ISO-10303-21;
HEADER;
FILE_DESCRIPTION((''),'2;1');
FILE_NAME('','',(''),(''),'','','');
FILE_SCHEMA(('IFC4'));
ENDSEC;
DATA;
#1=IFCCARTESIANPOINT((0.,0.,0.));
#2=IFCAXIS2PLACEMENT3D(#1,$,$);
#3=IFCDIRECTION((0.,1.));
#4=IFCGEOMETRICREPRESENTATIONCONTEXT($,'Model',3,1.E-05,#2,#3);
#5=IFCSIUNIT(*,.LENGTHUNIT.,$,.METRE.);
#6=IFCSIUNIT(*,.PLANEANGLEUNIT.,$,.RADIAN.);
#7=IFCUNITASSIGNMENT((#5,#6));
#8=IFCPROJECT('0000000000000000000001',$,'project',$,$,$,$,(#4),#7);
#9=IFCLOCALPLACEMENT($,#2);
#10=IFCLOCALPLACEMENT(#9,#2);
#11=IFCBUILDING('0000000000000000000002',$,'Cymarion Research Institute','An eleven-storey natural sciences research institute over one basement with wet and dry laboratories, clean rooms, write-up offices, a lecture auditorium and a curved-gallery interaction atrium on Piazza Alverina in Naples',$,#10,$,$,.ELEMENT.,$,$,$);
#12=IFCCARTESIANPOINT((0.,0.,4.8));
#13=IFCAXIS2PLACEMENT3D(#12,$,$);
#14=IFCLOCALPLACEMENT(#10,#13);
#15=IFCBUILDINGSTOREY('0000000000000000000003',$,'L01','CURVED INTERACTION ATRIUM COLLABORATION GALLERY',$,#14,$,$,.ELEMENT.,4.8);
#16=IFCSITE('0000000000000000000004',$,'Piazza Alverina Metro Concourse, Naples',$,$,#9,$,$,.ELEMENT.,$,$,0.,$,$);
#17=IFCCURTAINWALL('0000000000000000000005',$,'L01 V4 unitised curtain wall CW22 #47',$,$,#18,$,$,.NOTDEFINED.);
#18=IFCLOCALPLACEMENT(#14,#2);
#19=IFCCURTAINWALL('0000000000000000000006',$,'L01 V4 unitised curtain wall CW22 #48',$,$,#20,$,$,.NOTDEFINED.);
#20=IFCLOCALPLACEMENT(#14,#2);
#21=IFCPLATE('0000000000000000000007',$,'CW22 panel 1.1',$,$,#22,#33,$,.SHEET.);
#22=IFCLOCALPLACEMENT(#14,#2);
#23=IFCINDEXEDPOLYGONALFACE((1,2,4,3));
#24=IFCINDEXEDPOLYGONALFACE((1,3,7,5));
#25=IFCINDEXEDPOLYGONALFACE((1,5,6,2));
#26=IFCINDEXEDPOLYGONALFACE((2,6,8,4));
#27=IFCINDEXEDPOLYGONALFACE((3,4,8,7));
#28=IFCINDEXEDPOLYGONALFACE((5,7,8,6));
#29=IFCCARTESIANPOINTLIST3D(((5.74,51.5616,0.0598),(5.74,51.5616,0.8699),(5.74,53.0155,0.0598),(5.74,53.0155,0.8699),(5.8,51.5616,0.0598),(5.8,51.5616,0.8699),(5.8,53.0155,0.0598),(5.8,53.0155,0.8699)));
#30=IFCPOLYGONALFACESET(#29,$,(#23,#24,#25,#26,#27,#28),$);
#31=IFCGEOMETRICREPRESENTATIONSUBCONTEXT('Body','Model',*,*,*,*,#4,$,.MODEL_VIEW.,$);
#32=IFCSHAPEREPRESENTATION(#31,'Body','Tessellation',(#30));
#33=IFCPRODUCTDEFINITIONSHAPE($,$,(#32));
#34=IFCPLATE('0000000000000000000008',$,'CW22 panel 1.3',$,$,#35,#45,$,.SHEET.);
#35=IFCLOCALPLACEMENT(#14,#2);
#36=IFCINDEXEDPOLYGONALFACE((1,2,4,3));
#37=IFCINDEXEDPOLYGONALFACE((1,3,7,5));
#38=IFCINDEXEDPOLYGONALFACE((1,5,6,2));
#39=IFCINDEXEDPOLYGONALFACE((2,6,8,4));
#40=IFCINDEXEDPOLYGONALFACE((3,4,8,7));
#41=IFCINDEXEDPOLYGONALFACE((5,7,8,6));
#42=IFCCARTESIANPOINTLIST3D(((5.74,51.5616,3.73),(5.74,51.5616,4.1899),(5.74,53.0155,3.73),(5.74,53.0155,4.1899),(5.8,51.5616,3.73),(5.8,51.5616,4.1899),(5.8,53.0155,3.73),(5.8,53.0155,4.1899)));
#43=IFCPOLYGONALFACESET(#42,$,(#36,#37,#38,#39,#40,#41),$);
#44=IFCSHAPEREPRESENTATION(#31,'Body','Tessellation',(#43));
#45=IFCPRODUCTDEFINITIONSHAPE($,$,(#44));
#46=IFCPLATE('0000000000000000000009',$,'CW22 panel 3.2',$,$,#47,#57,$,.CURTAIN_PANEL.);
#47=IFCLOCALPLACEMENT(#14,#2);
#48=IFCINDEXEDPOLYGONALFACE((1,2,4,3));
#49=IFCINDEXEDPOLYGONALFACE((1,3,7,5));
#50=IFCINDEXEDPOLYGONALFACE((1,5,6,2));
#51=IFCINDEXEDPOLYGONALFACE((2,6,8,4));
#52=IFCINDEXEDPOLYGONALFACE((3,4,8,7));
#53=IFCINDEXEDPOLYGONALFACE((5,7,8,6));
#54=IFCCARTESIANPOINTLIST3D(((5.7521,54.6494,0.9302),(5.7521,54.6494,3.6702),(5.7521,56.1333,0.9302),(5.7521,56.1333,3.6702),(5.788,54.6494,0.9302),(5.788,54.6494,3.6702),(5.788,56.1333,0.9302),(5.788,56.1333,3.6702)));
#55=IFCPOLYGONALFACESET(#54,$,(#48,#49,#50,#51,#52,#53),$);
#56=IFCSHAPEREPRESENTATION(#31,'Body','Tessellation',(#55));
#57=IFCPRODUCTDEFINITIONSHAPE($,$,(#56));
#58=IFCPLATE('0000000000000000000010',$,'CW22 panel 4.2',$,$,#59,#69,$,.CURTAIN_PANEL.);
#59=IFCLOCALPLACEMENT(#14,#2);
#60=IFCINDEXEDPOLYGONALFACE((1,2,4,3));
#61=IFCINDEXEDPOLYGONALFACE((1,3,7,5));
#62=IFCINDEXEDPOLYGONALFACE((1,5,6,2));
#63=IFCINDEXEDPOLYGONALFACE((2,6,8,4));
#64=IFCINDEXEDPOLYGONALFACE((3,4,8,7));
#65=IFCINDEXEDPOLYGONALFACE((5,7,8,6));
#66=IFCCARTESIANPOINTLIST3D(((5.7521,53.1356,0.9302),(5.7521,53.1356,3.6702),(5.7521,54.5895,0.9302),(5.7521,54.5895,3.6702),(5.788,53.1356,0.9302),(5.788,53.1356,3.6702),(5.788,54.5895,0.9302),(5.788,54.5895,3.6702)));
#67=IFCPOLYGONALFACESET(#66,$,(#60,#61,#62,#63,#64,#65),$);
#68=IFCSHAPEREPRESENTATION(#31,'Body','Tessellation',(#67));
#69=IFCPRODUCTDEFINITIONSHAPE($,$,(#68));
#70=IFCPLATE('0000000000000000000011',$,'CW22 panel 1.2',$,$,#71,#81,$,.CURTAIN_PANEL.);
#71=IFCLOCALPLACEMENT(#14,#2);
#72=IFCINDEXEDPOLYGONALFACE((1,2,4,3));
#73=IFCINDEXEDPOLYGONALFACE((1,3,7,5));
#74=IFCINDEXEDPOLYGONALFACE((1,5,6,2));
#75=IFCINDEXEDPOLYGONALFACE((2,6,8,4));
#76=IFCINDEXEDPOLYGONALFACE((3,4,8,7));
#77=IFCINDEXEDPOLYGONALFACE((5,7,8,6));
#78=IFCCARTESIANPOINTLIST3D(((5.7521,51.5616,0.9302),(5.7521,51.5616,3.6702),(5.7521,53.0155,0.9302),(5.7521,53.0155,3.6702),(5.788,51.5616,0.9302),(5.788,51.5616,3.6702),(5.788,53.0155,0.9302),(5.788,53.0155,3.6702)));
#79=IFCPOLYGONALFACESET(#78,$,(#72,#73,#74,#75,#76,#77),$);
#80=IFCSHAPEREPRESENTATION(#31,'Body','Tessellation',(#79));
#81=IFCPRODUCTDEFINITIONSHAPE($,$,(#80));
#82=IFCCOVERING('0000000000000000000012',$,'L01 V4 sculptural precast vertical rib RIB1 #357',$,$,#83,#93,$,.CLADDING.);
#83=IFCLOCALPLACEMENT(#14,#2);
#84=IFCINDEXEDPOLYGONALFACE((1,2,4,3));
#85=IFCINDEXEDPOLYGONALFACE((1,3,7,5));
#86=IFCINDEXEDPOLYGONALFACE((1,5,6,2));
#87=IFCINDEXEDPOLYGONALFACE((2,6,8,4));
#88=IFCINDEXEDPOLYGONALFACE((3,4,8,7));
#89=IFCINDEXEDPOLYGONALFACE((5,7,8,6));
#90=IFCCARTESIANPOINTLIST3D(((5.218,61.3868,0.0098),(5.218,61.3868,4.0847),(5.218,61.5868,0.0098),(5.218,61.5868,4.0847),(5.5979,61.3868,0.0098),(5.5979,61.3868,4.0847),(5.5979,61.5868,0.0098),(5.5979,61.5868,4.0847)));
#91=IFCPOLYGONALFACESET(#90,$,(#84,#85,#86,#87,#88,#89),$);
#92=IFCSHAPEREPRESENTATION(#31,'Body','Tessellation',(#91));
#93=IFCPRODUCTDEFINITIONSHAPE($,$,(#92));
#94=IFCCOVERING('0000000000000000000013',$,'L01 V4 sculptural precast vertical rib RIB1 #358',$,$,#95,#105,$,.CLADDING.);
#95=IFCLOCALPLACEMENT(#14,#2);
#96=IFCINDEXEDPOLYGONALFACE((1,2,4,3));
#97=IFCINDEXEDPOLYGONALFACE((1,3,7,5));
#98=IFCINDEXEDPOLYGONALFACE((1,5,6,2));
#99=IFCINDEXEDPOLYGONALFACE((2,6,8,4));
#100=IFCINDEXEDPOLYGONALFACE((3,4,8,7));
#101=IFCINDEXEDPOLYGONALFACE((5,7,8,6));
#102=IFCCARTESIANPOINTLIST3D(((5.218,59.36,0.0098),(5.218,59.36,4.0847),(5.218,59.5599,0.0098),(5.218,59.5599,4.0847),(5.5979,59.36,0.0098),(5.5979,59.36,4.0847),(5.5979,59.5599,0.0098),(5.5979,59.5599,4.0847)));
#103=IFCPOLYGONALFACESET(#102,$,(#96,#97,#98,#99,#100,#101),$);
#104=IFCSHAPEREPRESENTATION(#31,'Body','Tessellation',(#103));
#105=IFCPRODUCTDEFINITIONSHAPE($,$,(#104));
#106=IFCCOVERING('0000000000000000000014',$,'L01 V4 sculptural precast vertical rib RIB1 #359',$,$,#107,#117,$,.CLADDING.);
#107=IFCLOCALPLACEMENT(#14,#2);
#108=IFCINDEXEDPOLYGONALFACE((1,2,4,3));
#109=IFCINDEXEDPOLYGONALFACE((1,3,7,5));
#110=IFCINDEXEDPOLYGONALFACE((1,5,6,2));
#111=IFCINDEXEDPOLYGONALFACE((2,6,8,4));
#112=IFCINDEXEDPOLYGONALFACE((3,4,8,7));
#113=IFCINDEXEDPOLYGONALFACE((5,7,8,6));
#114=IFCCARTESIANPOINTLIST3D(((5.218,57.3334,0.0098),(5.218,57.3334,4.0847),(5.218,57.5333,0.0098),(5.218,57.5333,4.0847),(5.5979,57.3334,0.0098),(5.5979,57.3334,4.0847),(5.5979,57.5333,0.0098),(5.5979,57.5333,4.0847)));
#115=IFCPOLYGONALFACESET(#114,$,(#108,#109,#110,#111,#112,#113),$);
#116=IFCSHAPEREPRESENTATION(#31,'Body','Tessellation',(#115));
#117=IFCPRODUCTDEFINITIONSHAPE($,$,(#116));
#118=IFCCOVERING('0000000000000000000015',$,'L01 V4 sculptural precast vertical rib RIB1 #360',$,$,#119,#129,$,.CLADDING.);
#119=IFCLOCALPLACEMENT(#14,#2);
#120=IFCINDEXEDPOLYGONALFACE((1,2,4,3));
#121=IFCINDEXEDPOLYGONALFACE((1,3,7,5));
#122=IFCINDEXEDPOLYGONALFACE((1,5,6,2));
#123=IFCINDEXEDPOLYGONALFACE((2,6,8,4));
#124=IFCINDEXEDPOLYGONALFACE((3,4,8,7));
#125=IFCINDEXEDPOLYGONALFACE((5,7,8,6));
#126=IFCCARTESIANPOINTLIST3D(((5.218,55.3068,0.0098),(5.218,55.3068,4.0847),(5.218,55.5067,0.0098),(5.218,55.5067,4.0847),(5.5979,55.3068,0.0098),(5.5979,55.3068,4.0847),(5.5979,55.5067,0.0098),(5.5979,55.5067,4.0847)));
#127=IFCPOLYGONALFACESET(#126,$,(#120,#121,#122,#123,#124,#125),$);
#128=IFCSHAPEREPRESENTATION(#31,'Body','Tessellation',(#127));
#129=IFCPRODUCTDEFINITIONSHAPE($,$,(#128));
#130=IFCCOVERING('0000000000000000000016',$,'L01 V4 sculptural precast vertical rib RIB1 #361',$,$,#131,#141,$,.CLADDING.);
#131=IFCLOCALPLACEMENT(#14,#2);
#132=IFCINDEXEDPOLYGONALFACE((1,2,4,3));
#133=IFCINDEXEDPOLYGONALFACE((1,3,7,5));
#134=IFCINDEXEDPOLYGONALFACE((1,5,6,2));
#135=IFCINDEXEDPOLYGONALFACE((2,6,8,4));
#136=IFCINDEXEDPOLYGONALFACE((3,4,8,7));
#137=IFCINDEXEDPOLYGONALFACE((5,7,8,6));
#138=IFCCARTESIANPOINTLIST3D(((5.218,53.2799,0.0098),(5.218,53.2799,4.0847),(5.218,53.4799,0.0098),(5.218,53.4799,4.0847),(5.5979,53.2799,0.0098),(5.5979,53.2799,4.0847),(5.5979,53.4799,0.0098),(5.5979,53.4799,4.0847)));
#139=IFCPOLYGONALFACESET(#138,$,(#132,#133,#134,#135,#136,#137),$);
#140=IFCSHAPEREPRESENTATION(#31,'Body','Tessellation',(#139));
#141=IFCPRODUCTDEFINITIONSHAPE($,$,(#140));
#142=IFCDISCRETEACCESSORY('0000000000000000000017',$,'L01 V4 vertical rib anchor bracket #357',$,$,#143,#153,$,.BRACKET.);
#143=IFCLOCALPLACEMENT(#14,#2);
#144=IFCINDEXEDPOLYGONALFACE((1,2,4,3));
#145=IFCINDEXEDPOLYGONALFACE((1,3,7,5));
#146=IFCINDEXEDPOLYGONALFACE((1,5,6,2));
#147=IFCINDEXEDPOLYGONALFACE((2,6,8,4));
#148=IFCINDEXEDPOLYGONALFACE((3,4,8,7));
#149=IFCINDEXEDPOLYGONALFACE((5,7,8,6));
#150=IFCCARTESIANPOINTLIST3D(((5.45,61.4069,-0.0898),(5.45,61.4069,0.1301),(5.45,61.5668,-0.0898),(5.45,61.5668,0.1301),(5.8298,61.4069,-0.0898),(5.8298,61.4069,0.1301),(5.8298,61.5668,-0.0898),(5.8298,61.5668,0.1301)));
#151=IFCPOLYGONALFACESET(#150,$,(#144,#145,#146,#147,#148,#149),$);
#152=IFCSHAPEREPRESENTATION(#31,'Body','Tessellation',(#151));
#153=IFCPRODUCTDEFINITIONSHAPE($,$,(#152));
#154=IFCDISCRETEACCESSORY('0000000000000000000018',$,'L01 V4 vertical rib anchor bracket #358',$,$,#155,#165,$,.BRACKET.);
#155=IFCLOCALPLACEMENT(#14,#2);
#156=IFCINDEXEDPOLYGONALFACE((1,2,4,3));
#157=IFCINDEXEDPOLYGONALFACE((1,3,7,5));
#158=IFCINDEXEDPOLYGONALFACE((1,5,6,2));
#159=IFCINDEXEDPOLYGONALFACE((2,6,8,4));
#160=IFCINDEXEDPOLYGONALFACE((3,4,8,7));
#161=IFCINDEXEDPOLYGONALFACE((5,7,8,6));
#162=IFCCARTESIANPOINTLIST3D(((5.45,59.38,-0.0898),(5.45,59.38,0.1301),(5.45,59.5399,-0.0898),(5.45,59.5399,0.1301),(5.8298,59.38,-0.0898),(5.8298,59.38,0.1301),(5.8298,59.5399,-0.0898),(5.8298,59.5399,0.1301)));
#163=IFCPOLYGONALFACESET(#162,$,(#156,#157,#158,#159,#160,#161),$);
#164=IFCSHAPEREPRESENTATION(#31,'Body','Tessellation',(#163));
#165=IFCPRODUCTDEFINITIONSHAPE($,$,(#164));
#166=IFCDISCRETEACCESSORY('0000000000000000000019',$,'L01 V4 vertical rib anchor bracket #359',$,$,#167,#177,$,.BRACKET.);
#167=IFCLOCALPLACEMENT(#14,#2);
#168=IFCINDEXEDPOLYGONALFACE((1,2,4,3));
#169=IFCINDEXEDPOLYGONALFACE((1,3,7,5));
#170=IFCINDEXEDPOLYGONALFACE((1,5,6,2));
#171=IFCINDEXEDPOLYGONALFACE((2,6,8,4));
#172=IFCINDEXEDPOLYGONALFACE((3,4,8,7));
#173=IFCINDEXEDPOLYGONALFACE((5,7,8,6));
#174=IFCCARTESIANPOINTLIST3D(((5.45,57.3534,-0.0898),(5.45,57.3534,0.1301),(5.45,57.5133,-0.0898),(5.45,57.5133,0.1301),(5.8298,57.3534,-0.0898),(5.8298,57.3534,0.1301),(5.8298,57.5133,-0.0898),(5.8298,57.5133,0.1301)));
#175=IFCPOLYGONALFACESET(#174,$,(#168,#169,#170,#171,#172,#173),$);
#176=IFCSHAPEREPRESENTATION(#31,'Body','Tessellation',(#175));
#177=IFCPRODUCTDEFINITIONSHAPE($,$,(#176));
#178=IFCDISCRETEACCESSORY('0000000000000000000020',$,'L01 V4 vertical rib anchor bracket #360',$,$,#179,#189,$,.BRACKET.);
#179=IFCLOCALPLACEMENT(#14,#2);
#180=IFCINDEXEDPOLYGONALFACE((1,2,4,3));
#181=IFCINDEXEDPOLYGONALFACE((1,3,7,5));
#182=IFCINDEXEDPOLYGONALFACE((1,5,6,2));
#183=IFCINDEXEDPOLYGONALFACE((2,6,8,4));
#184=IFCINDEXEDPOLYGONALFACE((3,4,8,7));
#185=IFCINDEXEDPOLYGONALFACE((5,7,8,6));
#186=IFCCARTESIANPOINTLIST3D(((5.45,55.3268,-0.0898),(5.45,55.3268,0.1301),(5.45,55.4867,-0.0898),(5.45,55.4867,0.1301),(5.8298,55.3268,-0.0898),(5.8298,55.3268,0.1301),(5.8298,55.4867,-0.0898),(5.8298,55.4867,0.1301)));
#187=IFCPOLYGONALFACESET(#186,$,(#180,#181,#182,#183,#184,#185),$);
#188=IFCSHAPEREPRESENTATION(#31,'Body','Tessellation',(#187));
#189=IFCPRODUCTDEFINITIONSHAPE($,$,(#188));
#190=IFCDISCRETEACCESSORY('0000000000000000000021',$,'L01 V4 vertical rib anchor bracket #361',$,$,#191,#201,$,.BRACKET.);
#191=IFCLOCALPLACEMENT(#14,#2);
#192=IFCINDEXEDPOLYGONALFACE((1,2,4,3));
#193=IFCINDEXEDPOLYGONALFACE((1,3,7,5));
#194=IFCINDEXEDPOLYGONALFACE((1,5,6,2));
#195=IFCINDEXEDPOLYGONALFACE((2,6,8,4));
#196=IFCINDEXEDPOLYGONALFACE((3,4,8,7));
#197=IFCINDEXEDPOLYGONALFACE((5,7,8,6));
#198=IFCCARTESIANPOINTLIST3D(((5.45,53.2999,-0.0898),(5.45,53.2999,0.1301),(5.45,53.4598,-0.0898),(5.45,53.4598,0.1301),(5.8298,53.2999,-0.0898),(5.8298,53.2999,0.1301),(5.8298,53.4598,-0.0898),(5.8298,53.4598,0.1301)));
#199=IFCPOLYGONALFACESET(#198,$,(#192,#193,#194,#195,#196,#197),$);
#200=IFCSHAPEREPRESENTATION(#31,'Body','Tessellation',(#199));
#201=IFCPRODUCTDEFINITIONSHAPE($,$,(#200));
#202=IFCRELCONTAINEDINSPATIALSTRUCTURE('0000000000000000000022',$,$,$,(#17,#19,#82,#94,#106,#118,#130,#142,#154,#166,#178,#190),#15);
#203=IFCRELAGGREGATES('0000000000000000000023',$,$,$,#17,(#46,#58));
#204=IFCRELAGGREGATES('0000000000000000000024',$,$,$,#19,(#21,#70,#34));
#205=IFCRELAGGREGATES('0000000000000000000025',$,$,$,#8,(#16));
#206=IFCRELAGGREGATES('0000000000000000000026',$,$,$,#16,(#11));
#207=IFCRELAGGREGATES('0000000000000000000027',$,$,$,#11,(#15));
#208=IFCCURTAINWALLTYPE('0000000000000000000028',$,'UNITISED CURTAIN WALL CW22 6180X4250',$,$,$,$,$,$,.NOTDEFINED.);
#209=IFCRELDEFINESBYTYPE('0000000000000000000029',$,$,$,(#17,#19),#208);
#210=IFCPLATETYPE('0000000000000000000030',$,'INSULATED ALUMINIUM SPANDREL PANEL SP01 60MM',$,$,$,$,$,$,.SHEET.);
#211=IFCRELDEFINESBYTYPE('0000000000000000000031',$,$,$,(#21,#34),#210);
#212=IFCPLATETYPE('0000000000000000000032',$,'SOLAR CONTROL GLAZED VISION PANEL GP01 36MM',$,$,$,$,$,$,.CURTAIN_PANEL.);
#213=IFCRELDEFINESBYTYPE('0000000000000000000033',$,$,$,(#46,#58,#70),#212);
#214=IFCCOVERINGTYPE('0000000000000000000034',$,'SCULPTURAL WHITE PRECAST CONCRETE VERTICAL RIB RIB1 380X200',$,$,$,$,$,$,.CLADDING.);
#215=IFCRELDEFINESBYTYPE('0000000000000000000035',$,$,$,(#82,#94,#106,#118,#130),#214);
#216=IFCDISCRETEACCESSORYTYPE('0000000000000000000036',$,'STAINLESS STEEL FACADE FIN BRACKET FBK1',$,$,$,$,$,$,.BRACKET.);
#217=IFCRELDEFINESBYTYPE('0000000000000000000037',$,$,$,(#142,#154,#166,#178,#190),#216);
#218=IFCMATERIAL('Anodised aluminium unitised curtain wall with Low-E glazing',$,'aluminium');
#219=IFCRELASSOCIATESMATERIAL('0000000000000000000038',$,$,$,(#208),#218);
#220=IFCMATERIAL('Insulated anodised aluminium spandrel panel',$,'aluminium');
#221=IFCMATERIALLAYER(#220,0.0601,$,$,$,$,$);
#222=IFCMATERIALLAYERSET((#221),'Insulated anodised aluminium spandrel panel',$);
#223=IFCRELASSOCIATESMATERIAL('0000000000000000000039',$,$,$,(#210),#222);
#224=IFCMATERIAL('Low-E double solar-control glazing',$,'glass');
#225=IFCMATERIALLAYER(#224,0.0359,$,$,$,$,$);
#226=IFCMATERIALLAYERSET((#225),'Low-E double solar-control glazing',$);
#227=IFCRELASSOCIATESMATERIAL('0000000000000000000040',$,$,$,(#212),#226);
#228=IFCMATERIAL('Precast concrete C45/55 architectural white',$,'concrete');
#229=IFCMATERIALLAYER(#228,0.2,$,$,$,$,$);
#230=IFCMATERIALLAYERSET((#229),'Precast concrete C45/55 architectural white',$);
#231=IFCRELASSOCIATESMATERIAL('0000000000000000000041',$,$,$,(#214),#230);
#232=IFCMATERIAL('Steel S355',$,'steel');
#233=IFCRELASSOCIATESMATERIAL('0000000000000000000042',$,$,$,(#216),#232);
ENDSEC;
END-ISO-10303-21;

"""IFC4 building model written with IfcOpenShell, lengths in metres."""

from ifc_helpers import new_model, si_unit, direction, frame, origin, origin_2d, place, context, subcontext, project, spatial, rectangle, extrude, material, layer, layer_set, type_object, element, aggregate, save


model = new_model("IFC4")

# Units and contexts
model_context = context("Model", 3, precision=1e-05, world=origin(), true_north=direction((0.0, 1.0)))
body_context = subcontext(model_context, "Body", "Model", "MODEL_VIEW")
ifc_project = project(units=[si_unit("LENGTHUNIT", "METRE"), si_unit("PLANEANGLEUNIT", "RADIAN")], contexts=[model_context])

# Site, building, storey
site_placement = place(None, origin())
site = spatial("IfcSite", under=ifc_project, at=site_placement, Name="Piazza Alverina Metro Concourse, Naples", CompositionType="ELEMENT", RefElevation=0.0)
building_placement = place(site_placement, origin())
building = spatial("IfcBuilding", under=site, at=building_placement, Name="Cymarion Research Institute", Description="An eleven-storey natural sciences research institute over one basement with wet and dry laboratories, clean rooms, write-up offices, a lecture auditorium and a curved-gallery interaction atrium on Piazza Alverina in Naples", CompositionType="ELEMENT")
storey_placement = place(building_placement, frame((0.0, 0.0, 4.8)))
storey = spatial("IfcBuildingStorey", under=building, at=storey_placement, Name="L01", Description="CURVED INTERACTION ATRIUM COLLABORATION GALLERY", CompositionType="ELEMENT", Elevation=4.8)

# Curtain wall
ifc_material_1 = material(Name="Anodised aluminium unitised curtain wall with Low-E glazing", Category="aluminium")
curtain_wall_type = type_object("IfcCurtainWallType", Name="UNITISED CURTAIN WALL CW22 6180X4250", PredefinedType="NOTDEFINED", material=ifc_material_1)
curtain_wall_1_placement = place(storey_placement, origin())
curtain_wall_1 = element("IfcCurtainWall", 1, at=curtain_wall_1_placement, inside=storey, type_object=curtain_wall_type, Name="L01 V4 unitised curtain wall CW22 #47", PredefinedType="NOTDEFINED")

# Curtain wall
curtain_wall_2_placement = place(storey_placement, origin())
curtain_wall_2 = element("IfcCurtainWall", 2, at=curtain_wall_2_placement, inside=storey, type_object=curtain_wall_type, Name="L01 V4 unitised curtain wall CW22 #48", PredefinedType="NOTDEFINED")

# Plates
ifc_material_2 = material(Name="Insulated anodised aluminium spandrel panel", Category="aluminium")
ifc_layer_1 = layer(ifc_material_2, 0.0601)
ifc_layer_set_1 = layer_set([ifc_layer_1], Name="Insulated anodised aluminium spandrel panel")
plate_type_1 = type_object("IfcPlateType", Name="INSULATED ALUMINIUM SPANDREL PANEL SP01 60MM", PredefinedType="SHEET", material=ifc_layer_set_1)
plate_1_placement = place(storey_placement, frame((5.77, 52.2886, 0.0598), z_axis=(0.0, 0.0, 1.0), x_axis=(0.0, -1.0, 0.0)))
plate_1 = element("IfcPlate", 3, at=plate_1_placement, type_object=plate_type_1, Name="CW22 panel 1.1", PredefinedType="SHEET", context=body_context, shape_type="SweptSolid", body=[
    extrude(rectangle(XDim=1.4539, YDim=0.0601, at=origin_2d()), origin(), (0.0, 0.0, 1.0), 0.8101),
])
plate_2_placement = place(storey_placement, frame((5.77, 52.2886, 3.73), z_axis=(0.0, 0.0, 1.0), x_axis=(0.0, -1.0, 0.0)))
plate_2 = element("IfcPlate", 4, at=plate_2_placement, type_object=plate_type_1, Name="CW22 panel 1.3", PredefinedType="SHEET", context=body_context, shape_type="SweptSolid", body=[
    extrude(rectangle(XDim=1.4539, YDim=0.0601, at=origin_2d()), origin(), (0.0, 0.0, 1.0), 0.46),
])
ifc_material_3 = material(Name="Low-E double solar-control glazing", Category="glass")
ifc_layer_2 = layer(ifc_material_3, 0.0359)
ifc_layer_set_2 = layer_set([ifc_layer_2], Name="Low-E double solar-control glazing")
plate_type_2 = type_object("IfcPlateType", Name="SOLAR CONTROL GLAZED VISION PANEL GP01 36MM", PredefinedType="CURTAIN_PANEL", material=ifc_layer_set_2)
plate_3_placement = place(storey_placement, frame((5.77, 55.3914, 0.9302), z_axis=(0.0, 0.0, 1.0), x_axis=(0.0, -1.0, 0.0)))
plate_3 = element("IfcPlate", 5, at=plate_3_placement, type_object=plate_type_2, Name="CW22 panel 3.2", PredefinedType="CURTAIN_PANEL", context=body_context, shape_type="SweptSolid", body=[
    extrude(rectangle(XDim=1.4839, YDim=0.0359, at=origin_2d()), origin(), (0.0, 0.0, 1.0), 2.74),
])
plate_4_placement = place(storey_placement, frame((5.77, 53.8625, 0.9302), z_axis=(0.0, 0.0, 1.0), x_axis=(0.0, -1.0, 0.0)))
plate_4 = element("IfcPlate", 6, at=plate_4_placement, type_object=plate_type_2, Name="CW22 panel 4.2", PredefinedType="CURTAIN_PANEL", context=body_context, shape_type="SweptSolid", body=[
    extrude(rectangle(XDim=1.4539, YDim=0.0359, at=origin_2d()), origin(), (0.0, 0.0, 1.0), 2.74),
])
aggregate(curtain_wall_1, [plate_3, plate_4])
plate_5_placement = place(storey_placement, frame((5.77, 52.2886, 0.9302), z_axis=(0.0, 0.0, 1.0), x_axis=(0.0, -1.0, 0.0)))
plate_5 = element("IfcPlate", 7, at=plate_5_placement, type_object=plate_type_2, Name="CW22 panel 1.2", PredefinedType="CURTAIN_PANEL", context=body_context, shape_type="SweptSolid", body=[
    extrude(rectangle(XDim=1.4539, YDim=0.0359, at=origin_2d()), origin(), (0.0, 0.0, 1.0), 2.74),
])
aggregate(curtain_wall_2, [plate_1, plate_5, plate_2])

# Coverings
ifc_material_4 = material(Name="Precast concrete C45/55 architectural white", Category="concrete")
ifc_layer_3 = layer(ifc_material_4, 0.2)
ifc_layer_set_3 = layer_set([ifc_layer_3], Name="Precast concrete C45/55 architectural white")
covering_type = type_object("IfcCoveringType", Name="SCULPTURAL WHITE PRECAST CONCRETE VERTICAL RIB RIB1 380X200", PredefinedType="CLADDING", material=ifc_layer_set_3)
for number, where, z_axis, x_axis, name in (
    (8, (5.408, 61.4868, 0.0098), (0.0, 0.0, 1.0), (-1.0, 0.0, 0.0), "L01 V4 sculptural precast vertical rib RIB1 #357"),
    (9, (5.408, 59.46, 0.0098), (0.0, 0.0, 1.0), (-1.0, 0.0, 0.0), "L01 V4 sculptural precast vertical rib RIB1 #358"),
    (10, (5.408, 57.4333, 0.0098), (0.0, 0.0, 1.0), (-1.0, 0.0, 0.0), "L01 V4 sculptural precast vertical rib RIB1 #359"),
    (11, (5.408, 55.4067, 0.0098), (0.0, 0.0, 1.0), (-1.0, 0.0, 0.0), "L01 V4 sculptural precast vertical rib RIB1 #360"),
    (12, (5.408, 53.3799, 0.0098), (0.0, 0.0, 1.0), (-1.0, 0.0, 0.0), "L01 V4 sculptural precast vertical rib RIB1 #361"),
):
    element("IfcCovering", number, at=place(storey_placement, frame(where, z_axis=z_axis, x_axis=x_axis)), inside=storey, type_object=covering_type, Name=name, PredefinedType="CLADDING", context=body_context, shape_type="SweptSolid", body=[
        extrude(rectangle(XDim=0.3799, YDim=0.2, at=origin_2d()), origin(), (0.0, 0.0, 1.0), 4.075),
    ])

# Discrete accessories
ifc_material_5 = material(Name="Steel S355", Category="steel")
discrete_accessory_type = type_object("IfcDiscreteAccessoryType", Name="STAINLESS STEEL FACADE FIN BRACKET FBK1", PredefinedType="BRACKET", material=ifc_material_5)
for number, where, z_axis, x_axis, name in (
    (13, (5.6399, 61.4868, -0.0898), (0.0, 0.0, 1.0), (-1.0, 0.0, 0.0), "L01 V4 vertical rib anchor bracket #357"),
    (14, (5.6399, 59.46, -0.0898), (0.0, 0.0, 1.0), (-1.0, 0.0, 0.0), "L01 V4 vertical rib anchor bracket #358"),
    (15, (5.6399, 57.4333, -0.0898), (0.0, 0.0, 1.0), (-1.0, 0.0, 0.0), "L01 V4 vertical rib anchor bracket #359"),
    (16, (5.6399, 55.4067, -0.0898), (0.0, 0.0, 1.0), (-1.0, 0.0, 0.0), "L01 V4 vertical rib anchor bracket #360"),
    (17, (5.6399, 53.3799, -0.0898), (0.0, 0.0, 1.0), (-1.0, 0.0, 0.0), "L01 V4 vertical rib anchor bracket #361"),
):
    element("IfcDiscreteAccessory", number, at=place(storey_placement, frame(where, z_axis=z_axis, x_axis=x_axis)), inside=storey, type_object=discrete_accessory_type, Name=name, PredefinedType="BRACKET", context=body_context, shape_type="SweptSolid", body=[
        extrude(rectangle(XDim=0.3799, YDim=0.1599, at=origin_2d()), origin(), (0.0, 0.0, 1.0), 0.22),
    ])

save(model, "model.ifc")
